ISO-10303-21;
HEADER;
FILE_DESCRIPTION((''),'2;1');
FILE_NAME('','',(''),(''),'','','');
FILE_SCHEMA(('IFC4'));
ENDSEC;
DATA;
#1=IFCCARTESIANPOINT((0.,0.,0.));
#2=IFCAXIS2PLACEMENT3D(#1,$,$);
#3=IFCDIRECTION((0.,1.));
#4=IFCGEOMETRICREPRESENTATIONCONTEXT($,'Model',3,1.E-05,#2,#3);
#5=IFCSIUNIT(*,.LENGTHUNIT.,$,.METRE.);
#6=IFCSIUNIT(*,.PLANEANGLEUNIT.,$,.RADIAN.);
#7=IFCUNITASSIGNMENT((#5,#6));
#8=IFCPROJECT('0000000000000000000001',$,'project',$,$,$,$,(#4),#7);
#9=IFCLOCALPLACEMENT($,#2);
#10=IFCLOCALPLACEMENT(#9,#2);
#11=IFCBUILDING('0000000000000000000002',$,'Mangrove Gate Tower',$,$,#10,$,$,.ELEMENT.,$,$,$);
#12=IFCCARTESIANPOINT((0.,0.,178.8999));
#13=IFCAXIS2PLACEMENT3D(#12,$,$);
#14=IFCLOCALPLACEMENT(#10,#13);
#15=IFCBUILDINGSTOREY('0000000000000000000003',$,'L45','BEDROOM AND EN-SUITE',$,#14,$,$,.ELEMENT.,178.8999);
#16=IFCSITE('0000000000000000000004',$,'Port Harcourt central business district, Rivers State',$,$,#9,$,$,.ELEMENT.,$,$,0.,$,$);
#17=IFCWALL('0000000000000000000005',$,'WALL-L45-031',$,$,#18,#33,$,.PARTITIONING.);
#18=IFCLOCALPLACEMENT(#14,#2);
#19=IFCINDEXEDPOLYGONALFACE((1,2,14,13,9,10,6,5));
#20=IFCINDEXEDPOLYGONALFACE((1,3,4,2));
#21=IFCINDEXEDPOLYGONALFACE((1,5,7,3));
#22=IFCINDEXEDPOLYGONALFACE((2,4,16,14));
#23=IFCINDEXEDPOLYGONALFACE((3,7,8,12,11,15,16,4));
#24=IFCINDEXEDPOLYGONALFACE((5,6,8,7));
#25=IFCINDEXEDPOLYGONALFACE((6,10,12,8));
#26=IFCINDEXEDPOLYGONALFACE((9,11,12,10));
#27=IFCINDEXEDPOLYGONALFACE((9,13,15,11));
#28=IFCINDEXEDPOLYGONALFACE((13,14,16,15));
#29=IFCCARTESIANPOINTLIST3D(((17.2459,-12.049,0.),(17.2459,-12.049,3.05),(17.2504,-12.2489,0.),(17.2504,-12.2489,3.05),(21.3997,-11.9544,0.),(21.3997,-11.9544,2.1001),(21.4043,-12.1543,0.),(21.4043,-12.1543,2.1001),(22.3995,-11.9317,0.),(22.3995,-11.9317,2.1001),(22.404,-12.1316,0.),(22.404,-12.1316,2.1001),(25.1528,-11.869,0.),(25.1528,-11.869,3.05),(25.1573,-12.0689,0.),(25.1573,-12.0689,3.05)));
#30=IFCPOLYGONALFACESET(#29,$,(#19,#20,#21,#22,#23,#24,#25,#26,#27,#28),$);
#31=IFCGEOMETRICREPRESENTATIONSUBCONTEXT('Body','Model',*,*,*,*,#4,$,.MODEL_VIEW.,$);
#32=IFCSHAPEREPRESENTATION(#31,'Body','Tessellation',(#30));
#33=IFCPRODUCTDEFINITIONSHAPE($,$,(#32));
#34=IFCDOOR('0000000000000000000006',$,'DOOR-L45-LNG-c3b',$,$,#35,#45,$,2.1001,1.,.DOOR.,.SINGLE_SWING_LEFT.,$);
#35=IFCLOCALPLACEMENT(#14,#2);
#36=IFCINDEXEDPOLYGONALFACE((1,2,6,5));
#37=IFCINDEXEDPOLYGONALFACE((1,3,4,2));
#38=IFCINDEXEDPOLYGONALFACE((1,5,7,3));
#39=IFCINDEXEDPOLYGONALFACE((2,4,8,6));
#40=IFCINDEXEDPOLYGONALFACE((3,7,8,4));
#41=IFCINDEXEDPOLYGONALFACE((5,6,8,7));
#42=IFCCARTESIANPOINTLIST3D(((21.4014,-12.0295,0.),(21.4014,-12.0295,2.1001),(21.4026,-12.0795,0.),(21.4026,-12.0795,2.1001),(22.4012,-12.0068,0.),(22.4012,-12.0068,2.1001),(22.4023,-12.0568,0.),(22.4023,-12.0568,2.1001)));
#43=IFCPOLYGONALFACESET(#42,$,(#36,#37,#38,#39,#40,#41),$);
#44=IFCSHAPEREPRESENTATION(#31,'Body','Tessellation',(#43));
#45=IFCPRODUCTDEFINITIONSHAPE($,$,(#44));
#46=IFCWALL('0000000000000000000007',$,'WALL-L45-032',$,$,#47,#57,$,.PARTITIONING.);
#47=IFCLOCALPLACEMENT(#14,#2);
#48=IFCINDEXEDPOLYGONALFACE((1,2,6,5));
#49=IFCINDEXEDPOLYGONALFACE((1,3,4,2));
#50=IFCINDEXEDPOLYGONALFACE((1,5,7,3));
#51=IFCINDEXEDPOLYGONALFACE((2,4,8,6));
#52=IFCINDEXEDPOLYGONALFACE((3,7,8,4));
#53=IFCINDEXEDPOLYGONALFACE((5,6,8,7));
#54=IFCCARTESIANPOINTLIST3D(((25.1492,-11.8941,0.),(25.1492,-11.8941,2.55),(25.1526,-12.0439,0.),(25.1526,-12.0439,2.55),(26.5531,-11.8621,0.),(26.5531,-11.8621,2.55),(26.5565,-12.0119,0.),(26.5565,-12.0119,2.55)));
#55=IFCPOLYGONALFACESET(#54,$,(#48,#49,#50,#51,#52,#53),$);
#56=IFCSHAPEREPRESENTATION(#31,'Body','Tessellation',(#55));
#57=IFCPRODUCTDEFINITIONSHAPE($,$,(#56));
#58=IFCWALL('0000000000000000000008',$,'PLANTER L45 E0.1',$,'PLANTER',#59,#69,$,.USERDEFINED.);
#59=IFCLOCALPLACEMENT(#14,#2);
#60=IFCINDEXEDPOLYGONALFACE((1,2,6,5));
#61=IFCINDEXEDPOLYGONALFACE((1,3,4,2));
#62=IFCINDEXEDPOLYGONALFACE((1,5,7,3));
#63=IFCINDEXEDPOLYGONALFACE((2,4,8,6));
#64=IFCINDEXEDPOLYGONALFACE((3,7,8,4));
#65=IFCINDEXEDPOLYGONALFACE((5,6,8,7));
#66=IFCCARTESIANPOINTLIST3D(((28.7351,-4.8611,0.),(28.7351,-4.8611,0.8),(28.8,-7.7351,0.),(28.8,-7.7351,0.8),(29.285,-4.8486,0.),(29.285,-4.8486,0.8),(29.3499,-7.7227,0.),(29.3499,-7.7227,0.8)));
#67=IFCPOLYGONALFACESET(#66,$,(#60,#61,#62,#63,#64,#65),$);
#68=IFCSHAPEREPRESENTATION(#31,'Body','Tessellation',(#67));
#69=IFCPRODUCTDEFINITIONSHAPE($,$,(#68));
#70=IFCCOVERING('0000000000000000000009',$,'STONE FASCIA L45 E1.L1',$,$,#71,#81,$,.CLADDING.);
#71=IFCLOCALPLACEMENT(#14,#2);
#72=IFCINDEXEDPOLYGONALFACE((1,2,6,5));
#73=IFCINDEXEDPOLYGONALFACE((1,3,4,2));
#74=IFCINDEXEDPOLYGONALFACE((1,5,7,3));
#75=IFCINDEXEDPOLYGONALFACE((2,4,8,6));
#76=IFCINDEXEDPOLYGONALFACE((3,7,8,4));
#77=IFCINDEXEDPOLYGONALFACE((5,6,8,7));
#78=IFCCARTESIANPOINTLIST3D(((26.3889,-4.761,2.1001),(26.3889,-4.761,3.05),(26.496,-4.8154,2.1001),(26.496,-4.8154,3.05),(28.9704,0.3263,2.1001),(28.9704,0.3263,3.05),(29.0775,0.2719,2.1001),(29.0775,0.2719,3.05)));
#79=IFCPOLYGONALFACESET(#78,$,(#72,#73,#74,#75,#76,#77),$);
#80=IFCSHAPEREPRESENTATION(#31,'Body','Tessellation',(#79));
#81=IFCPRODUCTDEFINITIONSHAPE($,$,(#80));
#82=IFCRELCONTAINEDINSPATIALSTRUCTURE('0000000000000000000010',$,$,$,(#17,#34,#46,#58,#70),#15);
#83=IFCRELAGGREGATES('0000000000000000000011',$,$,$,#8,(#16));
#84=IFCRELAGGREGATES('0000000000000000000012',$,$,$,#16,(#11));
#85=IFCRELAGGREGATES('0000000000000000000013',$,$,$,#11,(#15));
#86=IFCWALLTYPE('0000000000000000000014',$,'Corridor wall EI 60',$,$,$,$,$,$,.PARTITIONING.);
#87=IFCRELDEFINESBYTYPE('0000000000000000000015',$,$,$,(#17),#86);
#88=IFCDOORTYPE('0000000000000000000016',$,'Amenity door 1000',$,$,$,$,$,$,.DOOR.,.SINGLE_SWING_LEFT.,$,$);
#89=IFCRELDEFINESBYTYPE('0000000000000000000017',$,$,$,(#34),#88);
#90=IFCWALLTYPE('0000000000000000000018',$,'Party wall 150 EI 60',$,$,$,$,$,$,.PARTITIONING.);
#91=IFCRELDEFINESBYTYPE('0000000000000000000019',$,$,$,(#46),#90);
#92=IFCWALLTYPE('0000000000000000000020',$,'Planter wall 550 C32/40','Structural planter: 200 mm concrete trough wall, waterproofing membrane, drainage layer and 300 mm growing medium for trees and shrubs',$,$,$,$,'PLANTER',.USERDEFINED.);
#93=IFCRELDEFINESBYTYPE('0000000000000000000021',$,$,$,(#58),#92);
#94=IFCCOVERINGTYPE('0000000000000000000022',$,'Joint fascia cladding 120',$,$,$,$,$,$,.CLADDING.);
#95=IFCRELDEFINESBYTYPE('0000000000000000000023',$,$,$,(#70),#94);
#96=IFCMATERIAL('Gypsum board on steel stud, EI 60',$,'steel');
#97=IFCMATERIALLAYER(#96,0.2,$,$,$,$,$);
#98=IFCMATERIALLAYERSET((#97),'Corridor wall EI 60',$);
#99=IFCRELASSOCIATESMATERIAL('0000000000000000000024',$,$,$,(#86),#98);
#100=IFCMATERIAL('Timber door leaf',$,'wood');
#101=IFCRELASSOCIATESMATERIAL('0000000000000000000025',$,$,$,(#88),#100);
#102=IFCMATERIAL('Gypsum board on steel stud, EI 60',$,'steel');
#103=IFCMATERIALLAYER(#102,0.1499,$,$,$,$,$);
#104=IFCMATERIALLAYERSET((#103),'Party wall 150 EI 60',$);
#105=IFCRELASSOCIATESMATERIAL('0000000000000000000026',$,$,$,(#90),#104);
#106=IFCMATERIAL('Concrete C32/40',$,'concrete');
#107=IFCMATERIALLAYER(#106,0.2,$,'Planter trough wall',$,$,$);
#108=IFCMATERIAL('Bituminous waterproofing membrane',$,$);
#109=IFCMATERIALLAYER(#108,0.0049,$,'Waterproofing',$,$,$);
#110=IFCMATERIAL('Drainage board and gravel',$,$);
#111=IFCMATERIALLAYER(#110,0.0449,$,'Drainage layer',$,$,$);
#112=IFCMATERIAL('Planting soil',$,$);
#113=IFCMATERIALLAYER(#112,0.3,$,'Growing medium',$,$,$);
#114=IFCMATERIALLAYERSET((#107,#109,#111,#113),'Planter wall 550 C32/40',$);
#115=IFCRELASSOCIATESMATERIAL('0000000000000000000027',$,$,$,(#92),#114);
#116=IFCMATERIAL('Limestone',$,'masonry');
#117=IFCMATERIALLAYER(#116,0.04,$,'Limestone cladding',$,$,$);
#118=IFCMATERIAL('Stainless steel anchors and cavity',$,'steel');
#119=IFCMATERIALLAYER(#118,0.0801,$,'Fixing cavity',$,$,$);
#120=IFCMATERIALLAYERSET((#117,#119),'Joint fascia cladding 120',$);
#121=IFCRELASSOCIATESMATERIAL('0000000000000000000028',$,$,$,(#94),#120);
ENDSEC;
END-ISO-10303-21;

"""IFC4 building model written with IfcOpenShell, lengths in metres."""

from ifc_helpers import new_model, si_unit, direction, frame, frame_2d, origin, place, context, subcontext, project, spatial, rectangle, extrude, material, layer, layer_set, type_object, element, fill, save


model = new_model("IFC4")

# Units and contexts
model_context = context("Model", 3, precision=1e-05, world=origin(), true_north=direction((0.0, 1.0)))
body_context = subcontext(model_context, "Body", "Model", "MODEL_VIEW")
ifc_project = project(units=[si_unit("LENGTHUNIT", "METRE"), si_unit("PLANEANGLEUNIT", "RADIAN")], contexts=[model_context])

# Site, building, storey
site_placement = place(None, origin())
site = spatial("IfcSite", under=ifc_project, at=site_placement, Name="Port Harcourt central business district, Rivers State", CompositionType="ELEMENT", RefElevation=0.0)
building_placement = place(site_placement, origin())
building = spatial("IfcBuilding", under=site, at=building_placement, Name="Mangrove Gate Tower", CompositionType="ELEMENT")
storey_placement = place(building_placement, frame((0.0, 0.0, 178.8999)))
storey = spatial("IfcBuildingStorey", under=building, at=storey_placement, Name="L45", Description="BEDROOM AND EN-SUITE", CompositionType="ELEMENT", Elevation=178.8999)

# Shared definitions
ifc_material_1 = material(Name="Gypsum board on steel stud, EI 60", Category="steel")
ifc_layer_1 = layer(ifc_material_1, 0.2)
ifc_layer_set_1 = layer_set([ifc_layer_1], Name="Corridor wall EI 60")
wall_type_1 = type_object("IfcWallType", Name="Corridor wall EI 60", PredefinedType="PARTITIONING", material=ifc_layer_set_1)

# Wall, opening, door
wall_1_placement = place(storey_placement, frame((17.248, -12.1489, 0.0), z_axis=(0.0, 0.0, 1.0), x_axis=(0.999741, 0.02275, 0.0)))
wall_1 = element("IfcWall", 1, at=wall_1_placement, inside=storey, type_object=wall_type_1, Name="WALL-L45-031", PredefinedType="PARTITIONING", context=body_context, shape_type="SweptSolid", body=[
    extrude(rectangle(XDim=7.9089, YDim=0.2, at=frame_2d((3.9546, 0.0))), origin(), (0.0, 0.0, 1.0), 3.05),
])
opening_1_placement = place(wall_1_placement, frame((4.155, 0.0, 0.0)))
opening_1 = element("IfcOpeningElement", 2, at=opening_1_placement, cuts=wall_1, PredefinedType="OPENING", context=body_context, shape_type="SweptSolid", body=[
    extrude(rectangle(XDim=1.0, YDim=2.1001, at=frame_2d((0.5, 1.05))), frame((0.0, 0.1099, 0.0), z_axis=(0.0, -1.0, 0.0), x_axis=(1.0, 0.0, 0.0)), (0.0, 0.0, 1.0), 0.22),
])
ifc_material_2 = material(Name="Timber door leaf", Category="wood")
door_type_1 = type_object("IfcDoorType", Name="Amenity door 1000", OperationType="SINGLE_SWING_LEFT", PredefinedType="DOOR", material=ifc_material_2)
door_1_placement = place(opening_1_placement, origin())
door_1 = element("IfcDoor", 3, at=door_1_placement, inside=storey, type_object=door_type_1, Name="DOOR-L45-LNG-c3b", OperationType="SINGLE_SWING_LEFT", OverallHeight=2.1001, OverallWidth=1.0, PredefinedType="DOOR", context=body_context, shape_type="SweptSolid", body=[
    extrude(rectangle(XDim=1.0, YDim=2.1001, at=frame_2d((0.5, 1.05))), frame((0.0, 0.0249, 0.0), z_axis=(0.0, -1.0, 0.0), x_axis=(1.0, 0.0, 0.0)), (0.0, 0.0, 1.0), 0.05),
])
fill(opening_1, door_1)

# Walls
ifc_material_3 = material(Name="Gypsum board on steel stud, EI 60", Category="steel")
ifc_layer_2 = layer(ifc_material_3, 0.1499)
ifc_layer_set_2 = layer_set([ifc_layer_2], Name="Party wall 150 EI 60")
wall_type_2 = type_object("IfcWallType", Name="Party wall 150 EI 60", PredefinedType="PARTITIONING", material=ifc_layer_set_2)
wall_2_placement = place(storey_placement, frame((25.1509, -11.969, 0.0), z_axis=(0.0, 0.0, 1.0), x_axis=(0.999741, 0.022773, 0.0)))
element("IfcWall", 4, at=wall_2_placement, inside=storey, type_object=wall_type_2, Name="WALL-L45-032", PredefinedType="PARTITIONING", context=body_context, shape_type="SweptSolid", body=[
    extrude(rectangle(XDim=1.4043, YDim=0.1499, at=frame_2d((0.7021, 0.0))), origin(), (0.0, 0.0, 1.0), 2.55),
])
ifc_material_4 = material(Name="Concrete C32/40", Category="concrete")
ifc_layer_3 = layer(ifc_material_4, 0.2, Name="Planter trough wall")
ifc_material_5 = material(Name="Bituminous waterproofing membrane")
ifc_layer_4 = layer(ifc_material_5, 0.0049, Name="Waterproofing")
ifc_material_6 = material(Name="Drainage board and gravel")
ifc_layer_5 = layer(ifc_material_6, 0.0449, Name="Drainage layer")
ifc_material_7 = material(Name="Planting soil")
ifc_layer_6 = layer(ifc_material_7, 0.3, Name="Growing medium")
ifc_layer_set_3 = layer_set([ifc_layer_3, ifc_layer_4, ifc_layer_5, ifc_layer_6], Name="Planter wall 550 C32/40")
wall_type_3 = type_object("IfcWallType", Name="Planter wall 550 C32/40", Description="Structural planter: 200 mm concrete trough wall, waterproofing membrane, drainage layer and 300 mm growing medium for trees and shrubs", ElementType="PLANTER", PredefinedType="USERDEFINED", material=ifc_layer_set_3)
wall_3_placement = place(storey_placement, frame((29.075, -7.729, 0.0), z_axis=(0.0, 0.0, 1.0), x_axis=(-0.02259, 0.999745, 0.0)))
element("IfcWall", 5, at=wall_3_placement, inside=storey, type_object=wall_type_3, Name="PLANTER L45 E0.1", ObjectType="PLANTER", PredefinedType="USERDEFINED", context=body_context, shape_type="SweptSolid", body=[
    extrude(rectangle(XDim=2.8748, YDim=0.55, at=frame_2d((1.4375, 0.0))), origin(), (0.0, 0.0, 1.0), 0.8),
])

# Covering
ifc_material_8 = material(Name="Limestone", Category="masonry")
ifc_layer_7 = layer(ifc_material_8, 0.04, Name="Limestone cladding")
ifc_material_9 = material(Name="Stainless steel anchors and cavity", Category="steel")
ifc_layer_8 = layer(ifc_material_9, 0.0801, Name="Fixing cavity")
ifc_layer_set_4 = layer_set([ifc_layer_7, ifc_layer_8], Name="Joint fascia cladding 120")
covering_type = type_object("IfcCoveringType", Name="Joint fascia cladding 120", PredefinedType="CLADDING", material=ifc_layer_set_4)
covering_placement = place(storey_placement, frame((26.4424, -4.7883, 2.1001), z_axis=(0.0, 0.0, 1.0), x_axis=(0.452512, 0.891758, 0.0)))
element("IfcCovering", 6, at=covering_placement, inside=storey, type_object=covering_type, Name="STONE FASCIA L45 E1.L1", PredefinedType="CLADDING", context=body_context, shape_type="SweptSolid", body=[
    extrude(rectangle(XDim=5.7048, YDim=0.1201, at=frame_2d((2.8525, 0.0))), origin(), (0.0, 0.0, 1.0), 0.95),
])

save(model, "model.ifc")
